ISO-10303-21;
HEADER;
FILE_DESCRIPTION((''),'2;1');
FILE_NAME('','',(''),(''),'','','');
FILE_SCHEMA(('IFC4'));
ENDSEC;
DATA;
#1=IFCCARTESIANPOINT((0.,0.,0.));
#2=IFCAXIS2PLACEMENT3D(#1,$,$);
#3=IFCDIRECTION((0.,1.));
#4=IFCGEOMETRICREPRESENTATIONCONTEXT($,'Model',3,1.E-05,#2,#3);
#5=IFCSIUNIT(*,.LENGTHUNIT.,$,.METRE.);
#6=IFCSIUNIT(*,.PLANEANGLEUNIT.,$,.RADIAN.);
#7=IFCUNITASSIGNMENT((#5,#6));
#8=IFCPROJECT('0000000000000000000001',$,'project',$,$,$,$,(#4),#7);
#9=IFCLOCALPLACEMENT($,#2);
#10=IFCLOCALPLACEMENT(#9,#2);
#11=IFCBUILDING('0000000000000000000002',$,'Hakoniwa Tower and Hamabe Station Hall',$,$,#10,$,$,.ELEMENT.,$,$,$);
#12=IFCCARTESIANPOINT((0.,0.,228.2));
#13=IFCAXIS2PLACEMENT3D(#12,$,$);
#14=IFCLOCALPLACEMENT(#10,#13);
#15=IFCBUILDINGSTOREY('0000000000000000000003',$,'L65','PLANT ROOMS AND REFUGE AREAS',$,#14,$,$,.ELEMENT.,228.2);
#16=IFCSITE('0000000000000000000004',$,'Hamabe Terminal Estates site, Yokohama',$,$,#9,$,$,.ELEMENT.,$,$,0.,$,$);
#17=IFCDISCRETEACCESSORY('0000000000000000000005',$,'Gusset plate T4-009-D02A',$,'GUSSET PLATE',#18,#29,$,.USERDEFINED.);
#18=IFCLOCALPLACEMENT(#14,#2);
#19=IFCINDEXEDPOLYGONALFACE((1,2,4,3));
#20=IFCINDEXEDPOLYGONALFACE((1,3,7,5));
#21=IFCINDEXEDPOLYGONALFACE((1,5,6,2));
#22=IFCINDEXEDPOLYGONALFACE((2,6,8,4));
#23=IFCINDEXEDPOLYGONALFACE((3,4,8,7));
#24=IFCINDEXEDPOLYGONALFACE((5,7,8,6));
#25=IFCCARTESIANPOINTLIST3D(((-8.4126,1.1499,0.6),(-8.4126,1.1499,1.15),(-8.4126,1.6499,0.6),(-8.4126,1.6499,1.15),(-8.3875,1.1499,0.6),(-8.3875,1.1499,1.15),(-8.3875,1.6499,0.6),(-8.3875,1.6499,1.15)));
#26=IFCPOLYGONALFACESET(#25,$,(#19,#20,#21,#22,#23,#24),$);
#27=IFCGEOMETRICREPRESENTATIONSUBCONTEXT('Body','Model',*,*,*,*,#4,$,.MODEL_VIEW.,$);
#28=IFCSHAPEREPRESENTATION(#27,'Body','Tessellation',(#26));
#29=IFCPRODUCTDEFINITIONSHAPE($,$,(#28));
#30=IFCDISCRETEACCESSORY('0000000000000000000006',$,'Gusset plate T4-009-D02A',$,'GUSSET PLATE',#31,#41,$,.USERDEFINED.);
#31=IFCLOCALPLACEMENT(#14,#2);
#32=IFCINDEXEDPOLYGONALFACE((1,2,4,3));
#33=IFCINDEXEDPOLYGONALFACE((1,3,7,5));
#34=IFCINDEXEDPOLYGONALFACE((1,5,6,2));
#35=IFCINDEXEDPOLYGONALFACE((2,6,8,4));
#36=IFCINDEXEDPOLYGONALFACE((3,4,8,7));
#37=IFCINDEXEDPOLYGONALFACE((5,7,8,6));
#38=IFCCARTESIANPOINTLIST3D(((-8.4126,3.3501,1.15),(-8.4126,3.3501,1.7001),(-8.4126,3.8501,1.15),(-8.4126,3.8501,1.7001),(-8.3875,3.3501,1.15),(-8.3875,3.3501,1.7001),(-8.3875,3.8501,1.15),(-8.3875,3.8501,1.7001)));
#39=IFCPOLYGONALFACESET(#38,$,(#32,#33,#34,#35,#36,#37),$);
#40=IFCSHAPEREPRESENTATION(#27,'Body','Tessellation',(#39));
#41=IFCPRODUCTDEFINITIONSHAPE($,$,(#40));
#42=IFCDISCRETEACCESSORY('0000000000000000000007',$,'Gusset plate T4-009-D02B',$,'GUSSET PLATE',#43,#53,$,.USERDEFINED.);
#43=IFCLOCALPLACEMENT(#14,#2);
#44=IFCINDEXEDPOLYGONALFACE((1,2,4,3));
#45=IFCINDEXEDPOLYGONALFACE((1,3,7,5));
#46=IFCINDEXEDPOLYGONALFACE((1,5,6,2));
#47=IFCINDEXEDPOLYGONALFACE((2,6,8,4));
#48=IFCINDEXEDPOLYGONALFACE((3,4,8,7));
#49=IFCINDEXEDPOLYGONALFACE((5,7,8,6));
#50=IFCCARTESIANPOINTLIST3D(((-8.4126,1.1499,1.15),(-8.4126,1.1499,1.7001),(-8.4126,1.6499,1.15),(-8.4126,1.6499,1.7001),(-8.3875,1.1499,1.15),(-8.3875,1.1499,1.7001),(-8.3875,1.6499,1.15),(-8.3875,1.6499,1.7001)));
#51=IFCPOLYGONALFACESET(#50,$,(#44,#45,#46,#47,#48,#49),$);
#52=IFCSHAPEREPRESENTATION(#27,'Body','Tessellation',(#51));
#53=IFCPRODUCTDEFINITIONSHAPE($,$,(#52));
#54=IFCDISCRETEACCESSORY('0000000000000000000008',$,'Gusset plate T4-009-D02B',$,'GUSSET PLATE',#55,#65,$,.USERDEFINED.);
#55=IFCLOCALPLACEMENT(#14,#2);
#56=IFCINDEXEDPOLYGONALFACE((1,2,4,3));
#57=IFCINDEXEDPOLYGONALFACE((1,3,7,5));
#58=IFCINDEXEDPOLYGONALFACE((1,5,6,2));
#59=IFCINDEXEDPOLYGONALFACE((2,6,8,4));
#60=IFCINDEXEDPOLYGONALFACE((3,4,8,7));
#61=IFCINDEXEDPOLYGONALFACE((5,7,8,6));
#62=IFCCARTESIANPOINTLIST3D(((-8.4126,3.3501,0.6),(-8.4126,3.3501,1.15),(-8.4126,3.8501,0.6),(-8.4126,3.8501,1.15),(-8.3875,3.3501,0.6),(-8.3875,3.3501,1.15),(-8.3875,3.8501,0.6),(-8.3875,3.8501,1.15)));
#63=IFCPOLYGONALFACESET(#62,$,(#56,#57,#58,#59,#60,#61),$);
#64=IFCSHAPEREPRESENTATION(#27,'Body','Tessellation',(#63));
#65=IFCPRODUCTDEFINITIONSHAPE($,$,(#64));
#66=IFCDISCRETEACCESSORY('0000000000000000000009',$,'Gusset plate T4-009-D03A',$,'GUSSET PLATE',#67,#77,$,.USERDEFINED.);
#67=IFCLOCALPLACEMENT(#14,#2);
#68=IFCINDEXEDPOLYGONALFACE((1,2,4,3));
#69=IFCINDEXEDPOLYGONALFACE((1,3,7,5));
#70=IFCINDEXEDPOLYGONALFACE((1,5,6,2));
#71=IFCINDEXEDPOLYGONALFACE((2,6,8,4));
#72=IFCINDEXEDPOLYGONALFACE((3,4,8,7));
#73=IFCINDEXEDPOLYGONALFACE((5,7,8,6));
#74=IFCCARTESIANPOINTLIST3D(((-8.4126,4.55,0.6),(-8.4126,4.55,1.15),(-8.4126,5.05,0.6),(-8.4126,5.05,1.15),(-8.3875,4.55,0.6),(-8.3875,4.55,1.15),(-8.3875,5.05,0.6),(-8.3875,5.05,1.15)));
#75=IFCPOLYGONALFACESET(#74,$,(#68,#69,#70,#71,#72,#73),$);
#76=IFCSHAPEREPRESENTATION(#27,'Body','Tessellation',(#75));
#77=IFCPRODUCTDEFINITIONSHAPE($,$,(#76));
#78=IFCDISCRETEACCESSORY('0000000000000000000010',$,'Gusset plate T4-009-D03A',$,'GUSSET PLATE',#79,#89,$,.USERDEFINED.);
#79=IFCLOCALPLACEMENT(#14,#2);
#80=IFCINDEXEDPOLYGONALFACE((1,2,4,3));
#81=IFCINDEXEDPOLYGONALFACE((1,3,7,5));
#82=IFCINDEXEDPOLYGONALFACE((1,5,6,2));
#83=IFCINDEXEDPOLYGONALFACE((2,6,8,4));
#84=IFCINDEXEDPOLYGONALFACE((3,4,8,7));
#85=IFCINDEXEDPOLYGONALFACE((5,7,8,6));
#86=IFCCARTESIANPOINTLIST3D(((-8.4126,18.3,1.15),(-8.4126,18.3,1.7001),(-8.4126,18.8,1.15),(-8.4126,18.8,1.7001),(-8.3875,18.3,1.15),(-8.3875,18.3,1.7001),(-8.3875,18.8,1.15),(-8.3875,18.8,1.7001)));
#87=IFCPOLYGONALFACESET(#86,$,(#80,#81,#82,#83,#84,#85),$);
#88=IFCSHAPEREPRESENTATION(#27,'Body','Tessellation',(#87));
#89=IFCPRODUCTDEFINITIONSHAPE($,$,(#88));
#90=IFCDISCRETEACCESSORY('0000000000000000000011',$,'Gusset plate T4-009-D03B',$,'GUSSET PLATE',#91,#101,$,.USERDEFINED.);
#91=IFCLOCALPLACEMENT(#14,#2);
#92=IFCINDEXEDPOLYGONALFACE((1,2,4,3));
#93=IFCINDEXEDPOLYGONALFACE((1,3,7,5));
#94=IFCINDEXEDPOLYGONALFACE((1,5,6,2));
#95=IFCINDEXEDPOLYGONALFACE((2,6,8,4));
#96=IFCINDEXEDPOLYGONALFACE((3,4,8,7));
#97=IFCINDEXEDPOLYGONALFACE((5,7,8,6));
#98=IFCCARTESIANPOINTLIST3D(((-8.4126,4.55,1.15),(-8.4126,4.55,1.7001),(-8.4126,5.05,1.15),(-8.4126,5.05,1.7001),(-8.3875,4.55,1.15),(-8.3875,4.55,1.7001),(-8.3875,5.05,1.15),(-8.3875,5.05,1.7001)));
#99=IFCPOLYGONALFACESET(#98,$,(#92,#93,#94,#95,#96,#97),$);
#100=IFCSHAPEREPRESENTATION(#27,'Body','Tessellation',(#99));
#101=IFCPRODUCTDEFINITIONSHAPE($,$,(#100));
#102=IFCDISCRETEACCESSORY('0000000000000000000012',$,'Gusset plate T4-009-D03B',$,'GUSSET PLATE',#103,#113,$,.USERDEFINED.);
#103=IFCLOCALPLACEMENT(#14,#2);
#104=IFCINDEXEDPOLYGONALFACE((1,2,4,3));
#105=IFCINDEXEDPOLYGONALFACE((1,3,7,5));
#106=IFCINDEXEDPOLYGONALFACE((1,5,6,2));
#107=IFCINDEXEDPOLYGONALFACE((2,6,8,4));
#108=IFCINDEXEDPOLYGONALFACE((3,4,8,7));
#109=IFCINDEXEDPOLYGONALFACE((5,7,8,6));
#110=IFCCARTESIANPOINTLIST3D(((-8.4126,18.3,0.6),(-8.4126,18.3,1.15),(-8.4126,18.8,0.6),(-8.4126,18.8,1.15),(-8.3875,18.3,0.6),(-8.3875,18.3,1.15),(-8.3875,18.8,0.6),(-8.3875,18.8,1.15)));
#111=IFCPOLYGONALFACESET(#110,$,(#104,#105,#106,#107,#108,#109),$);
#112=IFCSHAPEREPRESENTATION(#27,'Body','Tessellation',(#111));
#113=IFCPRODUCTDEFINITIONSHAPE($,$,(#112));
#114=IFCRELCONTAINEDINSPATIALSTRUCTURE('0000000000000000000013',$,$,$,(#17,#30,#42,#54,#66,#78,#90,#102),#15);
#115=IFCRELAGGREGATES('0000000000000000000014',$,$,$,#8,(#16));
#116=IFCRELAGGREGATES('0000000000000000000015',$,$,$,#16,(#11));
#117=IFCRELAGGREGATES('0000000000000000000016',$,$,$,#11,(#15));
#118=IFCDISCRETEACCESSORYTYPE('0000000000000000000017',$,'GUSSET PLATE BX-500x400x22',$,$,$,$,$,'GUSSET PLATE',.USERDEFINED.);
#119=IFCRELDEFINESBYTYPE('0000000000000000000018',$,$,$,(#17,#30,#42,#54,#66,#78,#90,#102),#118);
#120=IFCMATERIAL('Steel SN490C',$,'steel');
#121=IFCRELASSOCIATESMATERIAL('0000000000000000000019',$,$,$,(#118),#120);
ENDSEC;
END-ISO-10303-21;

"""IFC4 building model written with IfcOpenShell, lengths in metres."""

from ifc_helpers import new_model, si_unit, direction, frame, origin, origin_2d, place, context, subcontext, project, spatial, rectangle, extrude, material, material_profile, profile_set, type_object, element, save


model = new_model("IFC4")

# Units and contexts
model_context = context("Model", 3, precision=1e-05, world=origin(), true_north=direction((0.0, 1.0)))
body_context = subcontext(model_context, "Body", "Model", "MODEL_VIEW")
ifc_project = project(units=[si_unit("LENGTHUNIT", "METRE"), si_unit("PLANEANGLEUNIT", "RADIAN")], contexts=[model_context])

# Site, building, storey
site_placement = place(None, origin())
site = spatial("IfcSite", under=ifc_project, at=site_placement, Name="Hamabe Terminal Estates site, Yokohama", CompositionType="ELEMENT", RefElevation=0.0)
building_placement = place(site_placement, origin())
building = spatial("IfcBuilding", under=site, at=building_placement, Name="Hakoniwa Tower and Hamabe Station Hall", CompositionType="ELEMENT")
storey_placement = place(building_placement, frame((0.0, 0.0, 228.2)))
storey = spatial("IfcBuildingStorey", under=building, at=storey_placement, Name="L65", Description="PLANT ROOMS AND REFUGE AREAS", CompositionType="ELEMENT", Elevation=228.2)

# Discrete accessories
ifc_material_1 = material(Name="Steel SN490C", Category="steel")
ifc_material_profile_1 = material_profile(ifc_material_1, rectangle(XDim=0.5, YDim=0.55, at=origin_2d()), Name="GUSSET PLATE BX-500x400x22")
ifc_profile_set_1 = profile_set([ifc_material_profile_1], Name="Steel SN490C")
discrete_accessory_type = type_object("IfcDiscreteAccessoryType", Name="GUSSET PLATE BX-500x400x22", ElementType="GUSSET PLATE", PredefinedType="USERDEFINED", material=ifc_profile_set_1)
for number, where, z_axis, x_axis, name in (
    (1, (-8.3875, 1.3999, 0.875), (-1.0, 0.0, 0.0), (0.0, -1.0, 0.0), "Gusset plate T4-009-D02A"),
    (2, (-8.3875, 3.6001, 1.425), (-1.0, 0.0, 0.0), (0.0, -1.0, 0.0), "Gusset plate T4-009-D02A"),
    (3, (-8.3875, 1.3999, 1.425), (-1.0, 0.0, 0.0), (0.0, -1.0, 0.0), "Gusset plate T4-009-D02B"),
    (4, (-8.3875, 3.6001, 0.875), (-1.0, 0.0, 0.0), (0.0, -1.0, 0.0), "Gusset plate T4-009-D02B"),
    (5, (-8.3875, 4.8, 0.875), (-1.0, 0.0, 0.0), (0.0, -1.0, 0.0), "Gusset plate T4-009-D03A"),
    (6, (-8.3875, 18.55, 1.425), (-1.0, 0.0, 0.0), (0.0, -1.0, 0.0), "Gusset plate T4-009-D03A"),
    (7, (-8.3875, 4.8, 1.425), (-1.0, 0.0, 0.0), (0.0, -1.0, 0.0), "Gusset plate T4-009-D03B"),
    (8, (-8.3875, 18.55, 0.875), (-1.0, 0.0, 0.0), (0.0, -1.0, 0.0), "Gusset plate T4-009-D03B"),
):
    element("IfcDiscreteAccessory", number, at=place(storey_placement, frame(where, z_axis=z_axis, x_axis=x_axis)), inside=storey, type_object=discrete_accessory_type, Name=name, ObjectType="GUSSET PLATE", PredefinedType="USERDEFINED", context=body_context, shape_type="SweptSolid", body=[
        extrude(rectangle(XDim=0.5, YDim=0.55, at=origin_2d()), origin(), (0.0, 0.0, 1.0), 0.0251),
    ])

save(model, "model.ifc")
